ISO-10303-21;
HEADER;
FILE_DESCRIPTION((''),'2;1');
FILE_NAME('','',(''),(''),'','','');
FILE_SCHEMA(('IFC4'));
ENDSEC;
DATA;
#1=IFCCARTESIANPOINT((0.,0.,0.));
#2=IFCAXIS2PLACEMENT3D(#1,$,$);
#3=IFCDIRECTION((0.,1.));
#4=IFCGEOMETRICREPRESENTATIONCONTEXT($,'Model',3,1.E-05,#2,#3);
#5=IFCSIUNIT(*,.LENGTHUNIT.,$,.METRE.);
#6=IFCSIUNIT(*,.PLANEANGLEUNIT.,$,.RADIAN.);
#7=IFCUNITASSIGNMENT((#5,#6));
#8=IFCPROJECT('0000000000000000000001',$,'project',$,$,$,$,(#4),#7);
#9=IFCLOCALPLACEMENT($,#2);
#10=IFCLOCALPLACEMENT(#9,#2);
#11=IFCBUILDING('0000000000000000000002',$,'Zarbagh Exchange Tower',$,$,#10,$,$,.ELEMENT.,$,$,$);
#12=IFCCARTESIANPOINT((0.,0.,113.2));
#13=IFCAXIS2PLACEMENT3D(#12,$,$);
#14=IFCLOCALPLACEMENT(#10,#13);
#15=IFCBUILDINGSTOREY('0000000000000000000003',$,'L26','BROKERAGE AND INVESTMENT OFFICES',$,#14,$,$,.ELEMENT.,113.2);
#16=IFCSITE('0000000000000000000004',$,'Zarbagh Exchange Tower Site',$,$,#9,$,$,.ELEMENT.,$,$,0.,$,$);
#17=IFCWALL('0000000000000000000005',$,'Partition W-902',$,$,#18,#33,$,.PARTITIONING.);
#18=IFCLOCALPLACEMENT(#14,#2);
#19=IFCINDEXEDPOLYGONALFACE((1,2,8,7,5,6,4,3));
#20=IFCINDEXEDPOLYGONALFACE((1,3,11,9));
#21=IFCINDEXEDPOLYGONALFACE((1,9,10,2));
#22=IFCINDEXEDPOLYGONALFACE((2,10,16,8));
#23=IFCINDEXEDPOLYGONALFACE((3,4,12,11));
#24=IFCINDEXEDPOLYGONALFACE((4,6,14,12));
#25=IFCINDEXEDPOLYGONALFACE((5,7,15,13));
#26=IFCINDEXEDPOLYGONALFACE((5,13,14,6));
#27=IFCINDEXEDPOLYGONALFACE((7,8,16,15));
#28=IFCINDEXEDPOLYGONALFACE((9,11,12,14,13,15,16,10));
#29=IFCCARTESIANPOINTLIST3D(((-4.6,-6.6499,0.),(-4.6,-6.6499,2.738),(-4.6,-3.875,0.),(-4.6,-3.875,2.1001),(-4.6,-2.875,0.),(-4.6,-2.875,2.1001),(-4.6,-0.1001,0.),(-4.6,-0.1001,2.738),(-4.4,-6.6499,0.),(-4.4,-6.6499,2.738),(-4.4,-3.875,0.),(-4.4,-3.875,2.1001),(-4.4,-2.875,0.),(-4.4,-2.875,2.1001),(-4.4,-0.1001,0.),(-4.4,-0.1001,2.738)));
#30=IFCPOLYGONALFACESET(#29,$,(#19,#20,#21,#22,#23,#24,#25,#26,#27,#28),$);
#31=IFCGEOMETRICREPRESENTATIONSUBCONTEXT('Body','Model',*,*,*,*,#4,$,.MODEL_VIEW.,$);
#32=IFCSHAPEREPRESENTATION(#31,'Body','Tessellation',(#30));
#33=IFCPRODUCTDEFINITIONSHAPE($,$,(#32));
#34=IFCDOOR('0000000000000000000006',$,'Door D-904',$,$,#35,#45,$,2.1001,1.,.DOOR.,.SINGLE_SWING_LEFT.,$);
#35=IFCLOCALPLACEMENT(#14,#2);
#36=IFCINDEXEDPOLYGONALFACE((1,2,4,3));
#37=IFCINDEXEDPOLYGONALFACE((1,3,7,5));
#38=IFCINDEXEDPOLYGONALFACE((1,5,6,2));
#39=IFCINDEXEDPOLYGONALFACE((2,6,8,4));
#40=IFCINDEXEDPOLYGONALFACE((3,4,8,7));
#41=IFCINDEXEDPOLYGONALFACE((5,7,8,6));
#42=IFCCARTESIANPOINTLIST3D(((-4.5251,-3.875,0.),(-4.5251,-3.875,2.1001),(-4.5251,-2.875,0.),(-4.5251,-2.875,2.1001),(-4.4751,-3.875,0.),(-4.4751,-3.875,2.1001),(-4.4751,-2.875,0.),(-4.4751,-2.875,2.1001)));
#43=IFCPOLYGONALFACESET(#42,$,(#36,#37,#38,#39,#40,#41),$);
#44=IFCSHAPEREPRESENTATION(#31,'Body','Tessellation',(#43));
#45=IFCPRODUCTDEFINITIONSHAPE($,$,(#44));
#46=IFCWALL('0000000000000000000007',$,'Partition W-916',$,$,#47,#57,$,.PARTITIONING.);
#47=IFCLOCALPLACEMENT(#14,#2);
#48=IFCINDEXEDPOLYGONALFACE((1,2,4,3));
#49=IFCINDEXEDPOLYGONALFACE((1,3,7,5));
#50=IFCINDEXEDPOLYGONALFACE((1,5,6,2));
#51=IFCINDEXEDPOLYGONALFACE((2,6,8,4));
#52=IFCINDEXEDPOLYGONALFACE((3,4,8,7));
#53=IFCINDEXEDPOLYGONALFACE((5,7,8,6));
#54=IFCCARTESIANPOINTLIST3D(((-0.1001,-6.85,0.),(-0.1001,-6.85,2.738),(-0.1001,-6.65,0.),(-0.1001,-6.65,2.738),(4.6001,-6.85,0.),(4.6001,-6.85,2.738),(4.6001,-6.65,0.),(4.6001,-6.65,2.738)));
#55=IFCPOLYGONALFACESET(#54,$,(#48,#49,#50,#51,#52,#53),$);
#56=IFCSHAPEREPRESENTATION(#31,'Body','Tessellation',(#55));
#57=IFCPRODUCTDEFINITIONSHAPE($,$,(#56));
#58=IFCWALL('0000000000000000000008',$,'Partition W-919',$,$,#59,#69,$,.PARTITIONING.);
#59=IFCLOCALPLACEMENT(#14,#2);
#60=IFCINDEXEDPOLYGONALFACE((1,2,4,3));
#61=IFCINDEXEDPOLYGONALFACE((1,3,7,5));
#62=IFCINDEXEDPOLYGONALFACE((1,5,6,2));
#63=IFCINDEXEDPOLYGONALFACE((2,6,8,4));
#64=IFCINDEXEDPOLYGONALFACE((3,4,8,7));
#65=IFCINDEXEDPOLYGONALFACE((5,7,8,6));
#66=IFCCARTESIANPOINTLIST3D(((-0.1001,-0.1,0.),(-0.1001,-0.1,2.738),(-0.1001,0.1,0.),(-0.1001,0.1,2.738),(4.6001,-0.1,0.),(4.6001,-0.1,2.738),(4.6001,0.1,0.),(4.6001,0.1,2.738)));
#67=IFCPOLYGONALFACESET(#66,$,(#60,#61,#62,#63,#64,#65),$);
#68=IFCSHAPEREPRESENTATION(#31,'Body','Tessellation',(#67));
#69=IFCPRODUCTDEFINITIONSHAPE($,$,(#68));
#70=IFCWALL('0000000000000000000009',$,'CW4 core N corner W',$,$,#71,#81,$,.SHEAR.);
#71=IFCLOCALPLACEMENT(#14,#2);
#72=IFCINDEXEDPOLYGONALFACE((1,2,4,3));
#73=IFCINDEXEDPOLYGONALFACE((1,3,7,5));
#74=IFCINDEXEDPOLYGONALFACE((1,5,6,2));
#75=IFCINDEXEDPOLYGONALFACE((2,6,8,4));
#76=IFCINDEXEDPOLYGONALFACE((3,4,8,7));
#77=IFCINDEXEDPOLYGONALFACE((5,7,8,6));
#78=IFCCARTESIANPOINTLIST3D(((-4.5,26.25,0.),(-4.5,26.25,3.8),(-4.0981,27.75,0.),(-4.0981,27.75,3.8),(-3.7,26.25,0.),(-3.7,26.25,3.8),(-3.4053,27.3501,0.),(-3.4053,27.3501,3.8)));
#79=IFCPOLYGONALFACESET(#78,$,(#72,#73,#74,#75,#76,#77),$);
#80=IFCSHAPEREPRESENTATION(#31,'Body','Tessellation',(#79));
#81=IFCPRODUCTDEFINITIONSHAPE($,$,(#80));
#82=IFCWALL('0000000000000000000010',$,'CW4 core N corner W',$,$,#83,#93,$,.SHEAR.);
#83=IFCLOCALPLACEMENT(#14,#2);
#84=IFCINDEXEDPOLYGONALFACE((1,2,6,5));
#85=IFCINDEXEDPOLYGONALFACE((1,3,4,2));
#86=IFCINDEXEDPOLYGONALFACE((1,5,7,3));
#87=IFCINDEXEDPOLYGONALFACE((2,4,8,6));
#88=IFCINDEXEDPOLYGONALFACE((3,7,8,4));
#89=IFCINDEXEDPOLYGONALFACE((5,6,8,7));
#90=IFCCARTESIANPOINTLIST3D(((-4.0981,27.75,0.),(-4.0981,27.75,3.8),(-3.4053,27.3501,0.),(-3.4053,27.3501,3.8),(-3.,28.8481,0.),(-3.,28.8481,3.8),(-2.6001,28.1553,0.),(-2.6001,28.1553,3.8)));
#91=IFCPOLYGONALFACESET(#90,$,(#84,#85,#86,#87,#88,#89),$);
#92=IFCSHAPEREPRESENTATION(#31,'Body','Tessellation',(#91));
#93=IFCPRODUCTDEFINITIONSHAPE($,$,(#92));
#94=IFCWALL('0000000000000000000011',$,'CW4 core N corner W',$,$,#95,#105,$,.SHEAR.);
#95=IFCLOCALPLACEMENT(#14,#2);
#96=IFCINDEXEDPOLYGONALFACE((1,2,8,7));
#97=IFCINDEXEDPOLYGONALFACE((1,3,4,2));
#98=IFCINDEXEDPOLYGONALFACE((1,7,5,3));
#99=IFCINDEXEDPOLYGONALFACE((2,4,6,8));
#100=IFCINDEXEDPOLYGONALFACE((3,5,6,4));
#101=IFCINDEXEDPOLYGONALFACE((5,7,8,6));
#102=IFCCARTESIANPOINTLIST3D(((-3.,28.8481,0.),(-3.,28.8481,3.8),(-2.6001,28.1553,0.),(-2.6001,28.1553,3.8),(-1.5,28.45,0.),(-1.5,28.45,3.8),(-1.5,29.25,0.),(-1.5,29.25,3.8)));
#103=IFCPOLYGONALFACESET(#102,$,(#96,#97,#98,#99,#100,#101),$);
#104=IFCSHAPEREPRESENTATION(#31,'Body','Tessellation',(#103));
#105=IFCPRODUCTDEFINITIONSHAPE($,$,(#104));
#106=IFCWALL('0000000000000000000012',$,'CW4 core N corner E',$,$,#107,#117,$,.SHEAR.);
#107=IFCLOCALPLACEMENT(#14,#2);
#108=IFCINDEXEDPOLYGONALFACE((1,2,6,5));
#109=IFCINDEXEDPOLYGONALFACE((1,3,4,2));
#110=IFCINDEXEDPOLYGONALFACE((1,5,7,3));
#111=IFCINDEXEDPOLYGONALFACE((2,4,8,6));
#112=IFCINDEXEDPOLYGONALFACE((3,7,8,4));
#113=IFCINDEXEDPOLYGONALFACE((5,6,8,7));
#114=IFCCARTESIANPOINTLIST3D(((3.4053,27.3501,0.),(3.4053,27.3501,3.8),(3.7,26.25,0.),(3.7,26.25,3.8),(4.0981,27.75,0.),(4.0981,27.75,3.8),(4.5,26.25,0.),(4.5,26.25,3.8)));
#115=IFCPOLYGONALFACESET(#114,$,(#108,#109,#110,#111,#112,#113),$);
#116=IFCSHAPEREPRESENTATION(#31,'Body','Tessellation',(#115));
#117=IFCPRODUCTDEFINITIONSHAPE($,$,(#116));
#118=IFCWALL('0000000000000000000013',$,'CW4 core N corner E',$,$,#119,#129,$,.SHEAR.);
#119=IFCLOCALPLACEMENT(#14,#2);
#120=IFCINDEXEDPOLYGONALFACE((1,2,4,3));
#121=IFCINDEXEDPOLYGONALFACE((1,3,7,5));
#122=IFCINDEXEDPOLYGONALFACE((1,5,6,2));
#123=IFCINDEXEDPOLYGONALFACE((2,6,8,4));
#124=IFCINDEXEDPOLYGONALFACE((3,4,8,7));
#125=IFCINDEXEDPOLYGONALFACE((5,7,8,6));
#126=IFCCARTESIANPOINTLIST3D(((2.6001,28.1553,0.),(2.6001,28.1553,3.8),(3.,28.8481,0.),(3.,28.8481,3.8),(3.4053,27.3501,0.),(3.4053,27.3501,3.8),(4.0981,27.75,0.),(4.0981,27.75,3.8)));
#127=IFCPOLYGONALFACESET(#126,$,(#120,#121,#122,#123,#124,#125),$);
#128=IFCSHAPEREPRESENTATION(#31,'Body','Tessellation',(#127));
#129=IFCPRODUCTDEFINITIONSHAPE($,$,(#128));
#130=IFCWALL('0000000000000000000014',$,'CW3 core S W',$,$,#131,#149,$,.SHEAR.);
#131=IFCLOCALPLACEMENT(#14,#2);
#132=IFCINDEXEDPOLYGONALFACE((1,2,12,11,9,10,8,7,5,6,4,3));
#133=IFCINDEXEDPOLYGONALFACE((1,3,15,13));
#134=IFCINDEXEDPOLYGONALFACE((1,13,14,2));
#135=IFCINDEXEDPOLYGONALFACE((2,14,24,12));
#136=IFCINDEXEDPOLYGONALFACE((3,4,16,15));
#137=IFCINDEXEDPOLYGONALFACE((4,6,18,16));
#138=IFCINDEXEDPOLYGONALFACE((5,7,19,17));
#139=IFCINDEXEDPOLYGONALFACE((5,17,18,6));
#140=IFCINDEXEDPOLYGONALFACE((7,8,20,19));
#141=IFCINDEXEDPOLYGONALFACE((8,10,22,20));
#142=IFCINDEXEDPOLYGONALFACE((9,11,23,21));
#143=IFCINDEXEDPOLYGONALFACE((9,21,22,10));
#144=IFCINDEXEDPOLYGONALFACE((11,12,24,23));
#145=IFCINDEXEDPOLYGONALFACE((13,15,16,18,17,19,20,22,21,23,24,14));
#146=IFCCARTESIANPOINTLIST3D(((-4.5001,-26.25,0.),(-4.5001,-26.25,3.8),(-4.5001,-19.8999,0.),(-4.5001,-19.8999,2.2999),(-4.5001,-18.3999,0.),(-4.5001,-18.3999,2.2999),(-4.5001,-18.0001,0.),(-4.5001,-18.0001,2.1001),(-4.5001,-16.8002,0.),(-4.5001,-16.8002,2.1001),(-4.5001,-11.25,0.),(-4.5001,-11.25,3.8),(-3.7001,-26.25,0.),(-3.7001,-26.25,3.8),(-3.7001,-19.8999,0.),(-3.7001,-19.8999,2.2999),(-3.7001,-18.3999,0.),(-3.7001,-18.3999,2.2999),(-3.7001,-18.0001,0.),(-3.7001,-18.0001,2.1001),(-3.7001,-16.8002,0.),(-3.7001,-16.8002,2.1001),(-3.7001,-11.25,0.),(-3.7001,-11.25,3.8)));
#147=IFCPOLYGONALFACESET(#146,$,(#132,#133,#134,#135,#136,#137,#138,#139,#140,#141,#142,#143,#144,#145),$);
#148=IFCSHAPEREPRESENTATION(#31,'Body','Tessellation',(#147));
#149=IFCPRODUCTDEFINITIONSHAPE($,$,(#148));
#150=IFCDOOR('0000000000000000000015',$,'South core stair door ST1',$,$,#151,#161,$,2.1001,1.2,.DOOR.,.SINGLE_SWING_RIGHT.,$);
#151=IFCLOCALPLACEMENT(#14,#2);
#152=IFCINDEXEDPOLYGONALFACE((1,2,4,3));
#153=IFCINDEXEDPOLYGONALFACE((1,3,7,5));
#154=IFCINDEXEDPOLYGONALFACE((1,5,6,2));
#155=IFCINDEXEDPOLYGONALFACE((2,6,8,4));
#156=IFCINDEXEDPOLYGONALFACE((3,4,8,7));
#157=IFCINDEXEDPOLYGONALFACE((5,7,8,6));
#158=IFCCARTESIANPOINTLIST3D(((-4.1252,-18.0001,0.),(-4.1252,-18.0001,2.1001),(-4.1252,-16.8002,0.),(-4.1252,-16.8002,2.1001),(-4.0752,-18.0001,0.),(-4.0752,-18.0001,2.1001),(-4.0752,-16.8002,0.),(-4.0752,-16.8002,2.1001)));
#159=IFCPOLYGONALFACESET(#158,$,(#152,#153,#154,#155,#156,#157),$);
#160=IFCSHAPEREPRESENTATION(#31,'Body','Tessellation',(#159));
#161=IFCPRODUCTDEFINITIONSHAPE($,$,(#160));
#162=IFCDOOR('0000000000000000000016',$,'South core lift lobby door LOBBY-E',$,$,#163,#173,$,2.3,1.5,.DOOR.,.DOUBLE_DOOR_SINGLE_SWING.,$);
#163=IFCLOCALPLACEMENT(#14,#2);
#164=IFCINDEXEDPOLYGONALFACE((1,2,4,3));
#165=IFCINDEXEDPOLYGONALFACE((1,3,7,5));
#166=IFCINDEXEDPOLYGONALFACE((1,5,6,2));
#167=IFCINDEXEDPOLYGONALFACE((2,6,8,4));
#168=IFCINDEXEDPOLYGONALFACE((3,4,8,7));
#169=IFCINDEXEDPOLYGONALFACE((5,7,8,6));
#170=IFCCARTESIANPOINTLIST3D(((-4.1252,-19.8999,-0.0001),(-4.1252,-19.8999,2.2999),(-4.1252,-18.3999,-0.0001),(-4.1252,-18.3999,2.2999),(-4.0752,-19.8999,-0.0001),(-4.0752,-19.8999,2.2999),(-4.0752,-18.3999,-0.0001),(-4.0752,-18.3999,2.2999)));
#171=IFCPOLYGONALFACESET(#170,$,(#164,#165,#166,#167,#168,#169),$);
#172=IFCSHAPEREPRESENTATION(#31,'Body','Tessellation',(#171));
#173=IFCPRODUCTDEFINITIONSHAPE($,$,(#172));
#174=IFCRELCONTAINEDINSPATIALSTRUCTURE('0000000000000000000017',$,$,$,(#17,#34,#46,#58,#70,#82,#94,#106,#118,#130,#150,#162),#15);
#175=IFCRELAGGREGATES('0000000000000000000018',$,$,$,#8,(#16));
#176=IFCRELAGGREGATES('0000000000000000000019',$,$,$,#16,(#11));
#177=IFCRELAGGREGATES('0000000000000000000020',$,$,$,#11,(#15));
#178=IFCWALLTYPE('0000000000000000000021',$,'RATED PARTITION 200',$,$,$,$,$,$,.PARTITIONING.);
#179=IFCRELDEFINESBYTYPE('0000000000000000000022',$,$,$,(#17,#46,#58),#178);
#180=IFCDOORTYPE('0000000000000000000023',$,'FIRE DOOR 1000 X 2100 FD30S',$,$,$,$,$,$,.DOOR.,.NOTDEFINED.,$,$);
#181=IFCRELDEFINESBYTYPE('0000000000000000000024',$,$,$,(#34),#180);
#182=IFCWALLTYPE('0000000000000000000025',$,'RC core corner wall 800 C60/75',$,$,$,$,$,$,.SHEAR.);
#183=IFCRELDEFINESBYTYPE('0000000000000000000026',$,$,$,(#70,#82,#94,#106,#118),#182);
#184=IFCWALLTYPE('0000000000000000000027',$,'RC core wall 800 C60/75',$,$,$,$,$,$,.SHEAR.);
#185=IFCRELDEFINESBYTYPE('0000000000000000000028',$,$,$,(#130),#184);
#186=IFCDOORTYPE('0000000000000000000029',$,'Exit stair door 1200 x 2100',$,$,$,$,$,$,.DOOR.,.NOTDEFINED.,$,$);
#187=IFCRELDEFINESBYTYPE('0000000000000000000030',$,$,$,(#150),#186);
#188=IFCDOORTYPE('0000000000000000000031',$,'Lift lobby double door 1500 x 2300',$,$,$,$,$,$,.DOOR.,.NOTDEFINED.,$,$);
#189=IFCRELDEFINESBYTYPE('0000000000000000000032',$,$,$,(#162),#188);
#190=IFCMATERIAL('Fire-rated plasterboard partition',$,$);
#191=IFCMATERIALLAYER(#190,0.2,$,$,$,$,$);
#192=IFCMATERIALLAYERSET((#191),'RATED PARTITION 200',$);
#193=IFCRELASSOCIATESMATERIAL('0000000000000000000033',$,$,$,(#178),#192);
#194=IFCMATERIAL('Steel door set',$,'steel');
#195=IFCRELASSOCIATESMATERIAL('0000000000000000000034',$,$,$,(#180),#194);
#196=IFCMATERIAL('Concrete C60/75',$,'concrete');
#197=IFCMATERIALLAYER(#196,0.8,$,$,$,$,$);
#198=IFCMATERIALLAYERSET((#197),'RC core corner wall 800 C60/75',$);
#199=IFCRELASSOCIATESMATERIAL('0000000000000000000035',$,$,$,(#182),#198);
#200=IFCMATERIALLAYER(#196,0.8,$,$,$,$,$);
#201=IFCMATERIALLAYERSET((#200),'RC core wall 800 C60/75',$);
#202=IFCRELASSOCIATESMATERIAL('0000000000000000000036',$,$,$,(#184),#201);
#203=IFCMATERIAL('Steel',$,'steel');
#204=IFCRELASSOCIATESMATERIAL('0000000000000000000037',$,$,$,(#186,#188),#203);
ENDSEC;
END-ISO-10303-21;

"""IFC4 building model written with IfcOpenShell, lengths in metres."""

from ifc_helpers import new_model, si_unit, direction, frame, frame_2d, origin, place, context, subcontext, project, spatial, polyline, rectangle, outline, extrude, material, layer, layer_set, type_object, element, fill, save


model = new_model("IFC4")

# Units and contexts
model_context = context("Model", 3, precision=1e-05, world=origin(), true_north=direction((0.0, 1.0)))
body_context = subcontext(model_context, "Body", "Model", "MODEL_VIEW")
ifc_project = project(units=[si_unit("LENGTHUNIT", "METRE"), si_unit("PLANEANGLEUNIT", "RADIAN")], contexts=[model_context])

# Site, building, storey
site_placement = place(None, origin())
site = spatial("IfcSite", under=ifc_project, at=site_placement, Name="Zarbagh Exchange Tower Site", CompositionType="ELEMENT", RefElevation=0.0)
building_placement = place(site_placement, origin())
building = spatial("IfcBuilding", under=site, at=building_placement, Name="Zarbagh Exchange Tower", CompositionType="ELEMENT")
storey_placement = place(building_placement, frame((0.0, 0.0, 113.2)))
storey = spatial("IfcBuildingStorey", under=building, at=storey_placement, Name="L26", Description="BROKERAGE AND INVESTMENT OFFICES", CompositionType="ELEMENT", Elevation=113.2)

# Shared definitions
ifc_material_1 = material(Name="Concrete C60/75", Category="concrete")

# Wall, opening, door
ifc_material_2 = material(Name="Fire-rated plasterboard partition")
ifc_layer_1 = layer(ifc_material_2, 0.2)
ifc_layer_set_1 = layer_set([ifc_layer_1], Name="RATED PARTITION 200")
wall_type_1 = type_object("IfcWallType", Name="RATED PARTITION 200", PredefinedType="PARTITIONING", material=ifc_layer_set_1)
wall_1_placement = place(storey_placement, frame((-4.5, -0.1001, 0.0), z_axis=(0.0, 0.0, 1.0), x_axis=(0.0, -1.0, 0.0)))
wall_1 = element("IfcWall", 1, at=wall_1_placement, inside=storey, type_object=wall_type_1, Name="Partition W-902", PredefinedType="PARTITIONING", context=body_context, shape_type="SweptSolid", body=[
    extrude(rectangle(XDim=6.5498, YDim=0.2, at=frame_2d((3.2749, 0.0))), origin(), (0.0, 0.0, 1.0), 2.738),
])
opening_1_placement = place(wall_1_placement, frame((2.7749, 0.0, 0.0)))
opening_1 = element("IfcOpeningElement", 2, at=opening_1_placement, cuts=wall_1, PredefinedType="OPENING", context=body_context, shape_type="SweptSolid", body=[
    extrude(rectangle(XDim=1.0, YDim=2.1001, at=frame_2d((0.5, 1.05))), frame((0.0, 0.1099, 0.0), z_axis=(0.0, -1.0, 0.0), x_axis=(1.0, 0.0, 0.0)), (0.0, 0.0, 1.0), 0.22),
])
ifc_material_3 = material(Name="Steel door set", Category="steel")
door_type_1 = type_object("IfcDoorType", Name="FIRE DOOR 1000 X 2100 FD30S", OperationType="NOTDEFINED", PredefinedType="DOOR", material=ifc_material_3)
door_1_placement = place(opening_1_placement, origin())
door_1 = element("IfcDoor", 3, at=door_1_placement, inside=storey, type_object=door_type_1, Name="Door D-904", OperationType="SINGLE_SWING_LEFT", OverallHeight=2.1001, OverallWidth=1.0, PredefinedType="DOOR", context=body_context, shape_type="SweptSolid", body=[
    extrude(rectangle(XDim=1.0, YDim=2.1001, at=frame_2d((0.5, 1.05))), frame((0.0, 0.0249, 0.0), z_axis=(0.0, -1.0, 0.0), x_axis=(1.0, 0.0, 0.0)), (0.0, 0.0, 1.0), 0.05),
])
fill(opening_1, door_1)

# Walls
for number, where, z_axis, x_axis, name in (
    (4, (-0.1001, -6.75, 0.0), (0.0, 0.0, 1.0), (1.0, 0.0, 0.0), "Partition W-916"),
    (5, (-0.1001, 0.0, 0.0), (0.0, 0.0, 1.0), (1.0, 0.0, 0.0), "Partition W-919"),
):
    element("IfcWall", number, at=place(storey_placement, frame(where, z_axis=z_axis, x_axis=x_axis)), inside=storey, type_object=wall_type_1, Name=name, PredefinedType="PARTITIONING", context=body_context, shape_type="SweptSolid", body=[
        extrude(rectangle(XDim=4.7002, YDim=0.2, at=frame_2d((2.3501, 0.0))), origin(), (0.0, 0.0, 1.0), 2.738),
    ])
ifc_layer_2 = layer(ifc_material_1, 0.8)
ifc_layer_set_2 = layer_set([ifc_layer_2], Name="RC core corner wall 800 C60/75")
wall_type_2 = type_object("IfcWallType", Name="RC core corner wall 800 C60/75", PredefinedType="SHEAR", material=ifc_layer_set_2)
wall_2_placement = place(storey_placement, origin())
element("IfcWall", 6, at=wall_2_placement, inside=storey, type_object=wall_type_2, Name="CW4 core N corner W", PredefinedType="SHEAR", context=body_context, shape_type="SweptSolid", body=[
    extrude(outline(polyline([(-4.5, 26.25), (-4.0981, 27.75), (-3.4053, 27.3501), (-3.7, 26.25), (-4.5, 26.25)])), origin(), (0.0, 0.0, 1.0), 3.8),
])
wall_3_placement = place(storey_placement, origin())
element("IfcWall", 7, at=wall_3_placement, inside=storey, type_object=wall_type_2, Name="CW4 core N corner W", PredefinedType="SHEAR", context=body_context, shape_type="SweptSolid", body=[
    extrude(outline(polyline([(-4.0981, 27.75), (-3.0, 28.8481), (-2.6001, 28.1553), (-3.4053, 27.3501), (-4.0981, 27.75)])), origin(), (0.0, 0.0, 1.0), 3.8),
])
wall_4_placement = place(storey_placement, origin())
element("IfcWall", 8, at=wall_4_placement, inside=storey, type_object=wall_type_2, Name="CW4 core N corner W", PredefinedType="SHEAR", context=body_context, shape_type="SweptSolid", body=[
    extrude(outline(polyline([(-3.0, 28.8481), (-1.5, 29.25), (-1.5, 28.45), (-2.6001, 28.1553), (-3.0, 28.8481)])), origin(), (0.0, 0.0, 1.0), 3.8),
])
wall_5_placement = place(storey_placement, origin())
element("IfcWall", 9, at=wall_5_placement, inside=storey, type_object=wall_type_2, Name="CW4 core N corner E", PredefinedType="SHEAR", context=body_context, shape_type="SweptSolid", body=[
    extrude(outline(polyline([(4.5, 26.25), (4.0981, 27.75), (3.4053, 27.3501), (3.7, 26.25), (4.5, 26.25)])), origin(), (0.0, 0.0, 1.0), 3.8),
])
wall_6_placement = place(storey_placement, origin())
element("IfcWall", 10, at=wall_6_placement, inside=storey, type_object=wall_type_2, Name="CW4 core N corner E", PredefinedType="SHEAR", context=body_context, shape_type="SweptSolid", body=[
    extrude(outline(polyline([(4.0981, 27.75), (3.0, 28.8481), (2.6001, 28.1553), (3.4053, 27.3501), (4.0981, 27.75)])), origin(), (0.0, 0.0, 1.0), 3.8),
])

# Wall, openings, doors
ifc_layer_3 = layer(ifc_material_1, 0.8)
ifc_layer_set_3 = layer_set([ifc_layer_3], Name="RC core wall 800 C60/75")
wall_type_3 = type_object("IfcWallType", Name="RC core wall 800 C60/75", PredefinedType="SHEAR", material=ifc_layer_set_3)
wall_7_placement = place(storey_placement, frame((-4.1001, -11.25, 0.0), z_axis=(0.0, 0.0, 1.0), x_axis=(0.0, -1.0, 0.0)))
wall_7 = element("IfcWall", 11, at=wall_7_placement, inside=storey, type_object=wall_type_3, Name="CW3 core S W", PredefinedType="SHEAR", context=body_context, shape_type="SweptSolid", body=[
    extrude(rectangle(XDim=15.0, YDim=0.8, at=frame_2d((7.5, 0.0))), origin(), (0.0, 0.0, 1.0), 3.8),
])
opening_2_placement = place(wall_7_placement, frame((7.1499, 0.0, 0.0)))
opening_2 = element("IfcOpeningElement", 12, at=opening_2_placement, cuts=wall_7, PredefinedType="OPENING", context=body_context, shape_type="SweptSolid", body=[
    extrude(rectangle(XDim=1.5, YDim=2.3, at=frame_2d((0.75, 1.1499))), frame((0.0, 0.4099, 0.0), z_axis=(0.0, -1.0, 0.0), x_axis=(1.0, 0.0, 0.0)), (0.0, 0.0, 1.0), 0.8201),
])
opening_3_placement = place(wall_7_placement, frame((5.55, 0.0, 0.0)))
opening_3 = element("IfcOpeningElement", 13, at=opening_3_placement, cuts=wall_7, PredefinedType="OPENING", context=body_context, shape_type="SweptSolid", body=[
    extrude(rectangle(XDim=1.2, YDim=2.1001, at=frame_2d((0.6001, 1.05))), frame((0.0, 0.4099, 0.0), z_axis=(0.0, -1.0, 0.0), x_axis=(1.0, 0.0, 0.0)), (0.0, 0.0, 1.0), 0.8201),
])
ifc_material_4 = material(Name="Steel", Category="steel")
door_type_2 = type_object("IfcDoorType", Name="Exit stair door 1200 x 2100", OperationType="NOTDEFINED", PredefinedType="DOOR", material=ifc_material_4)
door_2_placement = place(opening_3_placement, origin())
door_2 = element("IfcDoor", 14, at=door_2_placement, inside=storey, type_object=door_type_2, Name="South core stair door ST1", OperationType="SINGLE_SWING_RIGHT", OverallHeight=2.1001, OverallWidth=1.2, PredefinedType="DOOR", context=body_context, shape_type="SweptSolid", body=[
    extrude(rectangle(XDim=1.2, YDim=2.1001, at=frame_2d((0.6001, 1.05))), frame((0.0, 0.0249, 0.0), z_axis=(0.0, -1.0, 0.0), x_axis=(1.0, 0.0, 0.0)), (0.0, 0.0, 1.0), 0.05),
])
fill(opening_3, door_2)
door_type_3 = type_object("IfcDoorType", Name="Lift lobby double door 1500 x 2300", OperationType="NOTDEFINED", PredefinedType="DOOR", material=ifc_material_4)
door_3_placement = place(opening_2_placement, origin())
door_3 = element("IfcDoor", 15, at=door_3_placement, inside=storey, type_object=door_type_3, Name="South core lift lobby door LOBBY-E", OperationType="DOUBLE_DOOR_SINGLE_SWING", OverallHeight=2.3, OverallWidth=1.5, PredefinedType="DOOR", context=body_context, shape_type="SweptSolid", body=[
    extrude(rectangle(XDim=1.5, YDim=2.3, at=frame_2d((0.75, 1.1499))), frame((0.0, 0.0249, 0.0), z_axis=(0.0, -1.0, 0.0), x_axis=(1.0, 0.0, 0.0)), (0.0, 0.0, 1.0), 0.05),
])
fill(opening_2, door_3)

save(model, "model.ifc")
